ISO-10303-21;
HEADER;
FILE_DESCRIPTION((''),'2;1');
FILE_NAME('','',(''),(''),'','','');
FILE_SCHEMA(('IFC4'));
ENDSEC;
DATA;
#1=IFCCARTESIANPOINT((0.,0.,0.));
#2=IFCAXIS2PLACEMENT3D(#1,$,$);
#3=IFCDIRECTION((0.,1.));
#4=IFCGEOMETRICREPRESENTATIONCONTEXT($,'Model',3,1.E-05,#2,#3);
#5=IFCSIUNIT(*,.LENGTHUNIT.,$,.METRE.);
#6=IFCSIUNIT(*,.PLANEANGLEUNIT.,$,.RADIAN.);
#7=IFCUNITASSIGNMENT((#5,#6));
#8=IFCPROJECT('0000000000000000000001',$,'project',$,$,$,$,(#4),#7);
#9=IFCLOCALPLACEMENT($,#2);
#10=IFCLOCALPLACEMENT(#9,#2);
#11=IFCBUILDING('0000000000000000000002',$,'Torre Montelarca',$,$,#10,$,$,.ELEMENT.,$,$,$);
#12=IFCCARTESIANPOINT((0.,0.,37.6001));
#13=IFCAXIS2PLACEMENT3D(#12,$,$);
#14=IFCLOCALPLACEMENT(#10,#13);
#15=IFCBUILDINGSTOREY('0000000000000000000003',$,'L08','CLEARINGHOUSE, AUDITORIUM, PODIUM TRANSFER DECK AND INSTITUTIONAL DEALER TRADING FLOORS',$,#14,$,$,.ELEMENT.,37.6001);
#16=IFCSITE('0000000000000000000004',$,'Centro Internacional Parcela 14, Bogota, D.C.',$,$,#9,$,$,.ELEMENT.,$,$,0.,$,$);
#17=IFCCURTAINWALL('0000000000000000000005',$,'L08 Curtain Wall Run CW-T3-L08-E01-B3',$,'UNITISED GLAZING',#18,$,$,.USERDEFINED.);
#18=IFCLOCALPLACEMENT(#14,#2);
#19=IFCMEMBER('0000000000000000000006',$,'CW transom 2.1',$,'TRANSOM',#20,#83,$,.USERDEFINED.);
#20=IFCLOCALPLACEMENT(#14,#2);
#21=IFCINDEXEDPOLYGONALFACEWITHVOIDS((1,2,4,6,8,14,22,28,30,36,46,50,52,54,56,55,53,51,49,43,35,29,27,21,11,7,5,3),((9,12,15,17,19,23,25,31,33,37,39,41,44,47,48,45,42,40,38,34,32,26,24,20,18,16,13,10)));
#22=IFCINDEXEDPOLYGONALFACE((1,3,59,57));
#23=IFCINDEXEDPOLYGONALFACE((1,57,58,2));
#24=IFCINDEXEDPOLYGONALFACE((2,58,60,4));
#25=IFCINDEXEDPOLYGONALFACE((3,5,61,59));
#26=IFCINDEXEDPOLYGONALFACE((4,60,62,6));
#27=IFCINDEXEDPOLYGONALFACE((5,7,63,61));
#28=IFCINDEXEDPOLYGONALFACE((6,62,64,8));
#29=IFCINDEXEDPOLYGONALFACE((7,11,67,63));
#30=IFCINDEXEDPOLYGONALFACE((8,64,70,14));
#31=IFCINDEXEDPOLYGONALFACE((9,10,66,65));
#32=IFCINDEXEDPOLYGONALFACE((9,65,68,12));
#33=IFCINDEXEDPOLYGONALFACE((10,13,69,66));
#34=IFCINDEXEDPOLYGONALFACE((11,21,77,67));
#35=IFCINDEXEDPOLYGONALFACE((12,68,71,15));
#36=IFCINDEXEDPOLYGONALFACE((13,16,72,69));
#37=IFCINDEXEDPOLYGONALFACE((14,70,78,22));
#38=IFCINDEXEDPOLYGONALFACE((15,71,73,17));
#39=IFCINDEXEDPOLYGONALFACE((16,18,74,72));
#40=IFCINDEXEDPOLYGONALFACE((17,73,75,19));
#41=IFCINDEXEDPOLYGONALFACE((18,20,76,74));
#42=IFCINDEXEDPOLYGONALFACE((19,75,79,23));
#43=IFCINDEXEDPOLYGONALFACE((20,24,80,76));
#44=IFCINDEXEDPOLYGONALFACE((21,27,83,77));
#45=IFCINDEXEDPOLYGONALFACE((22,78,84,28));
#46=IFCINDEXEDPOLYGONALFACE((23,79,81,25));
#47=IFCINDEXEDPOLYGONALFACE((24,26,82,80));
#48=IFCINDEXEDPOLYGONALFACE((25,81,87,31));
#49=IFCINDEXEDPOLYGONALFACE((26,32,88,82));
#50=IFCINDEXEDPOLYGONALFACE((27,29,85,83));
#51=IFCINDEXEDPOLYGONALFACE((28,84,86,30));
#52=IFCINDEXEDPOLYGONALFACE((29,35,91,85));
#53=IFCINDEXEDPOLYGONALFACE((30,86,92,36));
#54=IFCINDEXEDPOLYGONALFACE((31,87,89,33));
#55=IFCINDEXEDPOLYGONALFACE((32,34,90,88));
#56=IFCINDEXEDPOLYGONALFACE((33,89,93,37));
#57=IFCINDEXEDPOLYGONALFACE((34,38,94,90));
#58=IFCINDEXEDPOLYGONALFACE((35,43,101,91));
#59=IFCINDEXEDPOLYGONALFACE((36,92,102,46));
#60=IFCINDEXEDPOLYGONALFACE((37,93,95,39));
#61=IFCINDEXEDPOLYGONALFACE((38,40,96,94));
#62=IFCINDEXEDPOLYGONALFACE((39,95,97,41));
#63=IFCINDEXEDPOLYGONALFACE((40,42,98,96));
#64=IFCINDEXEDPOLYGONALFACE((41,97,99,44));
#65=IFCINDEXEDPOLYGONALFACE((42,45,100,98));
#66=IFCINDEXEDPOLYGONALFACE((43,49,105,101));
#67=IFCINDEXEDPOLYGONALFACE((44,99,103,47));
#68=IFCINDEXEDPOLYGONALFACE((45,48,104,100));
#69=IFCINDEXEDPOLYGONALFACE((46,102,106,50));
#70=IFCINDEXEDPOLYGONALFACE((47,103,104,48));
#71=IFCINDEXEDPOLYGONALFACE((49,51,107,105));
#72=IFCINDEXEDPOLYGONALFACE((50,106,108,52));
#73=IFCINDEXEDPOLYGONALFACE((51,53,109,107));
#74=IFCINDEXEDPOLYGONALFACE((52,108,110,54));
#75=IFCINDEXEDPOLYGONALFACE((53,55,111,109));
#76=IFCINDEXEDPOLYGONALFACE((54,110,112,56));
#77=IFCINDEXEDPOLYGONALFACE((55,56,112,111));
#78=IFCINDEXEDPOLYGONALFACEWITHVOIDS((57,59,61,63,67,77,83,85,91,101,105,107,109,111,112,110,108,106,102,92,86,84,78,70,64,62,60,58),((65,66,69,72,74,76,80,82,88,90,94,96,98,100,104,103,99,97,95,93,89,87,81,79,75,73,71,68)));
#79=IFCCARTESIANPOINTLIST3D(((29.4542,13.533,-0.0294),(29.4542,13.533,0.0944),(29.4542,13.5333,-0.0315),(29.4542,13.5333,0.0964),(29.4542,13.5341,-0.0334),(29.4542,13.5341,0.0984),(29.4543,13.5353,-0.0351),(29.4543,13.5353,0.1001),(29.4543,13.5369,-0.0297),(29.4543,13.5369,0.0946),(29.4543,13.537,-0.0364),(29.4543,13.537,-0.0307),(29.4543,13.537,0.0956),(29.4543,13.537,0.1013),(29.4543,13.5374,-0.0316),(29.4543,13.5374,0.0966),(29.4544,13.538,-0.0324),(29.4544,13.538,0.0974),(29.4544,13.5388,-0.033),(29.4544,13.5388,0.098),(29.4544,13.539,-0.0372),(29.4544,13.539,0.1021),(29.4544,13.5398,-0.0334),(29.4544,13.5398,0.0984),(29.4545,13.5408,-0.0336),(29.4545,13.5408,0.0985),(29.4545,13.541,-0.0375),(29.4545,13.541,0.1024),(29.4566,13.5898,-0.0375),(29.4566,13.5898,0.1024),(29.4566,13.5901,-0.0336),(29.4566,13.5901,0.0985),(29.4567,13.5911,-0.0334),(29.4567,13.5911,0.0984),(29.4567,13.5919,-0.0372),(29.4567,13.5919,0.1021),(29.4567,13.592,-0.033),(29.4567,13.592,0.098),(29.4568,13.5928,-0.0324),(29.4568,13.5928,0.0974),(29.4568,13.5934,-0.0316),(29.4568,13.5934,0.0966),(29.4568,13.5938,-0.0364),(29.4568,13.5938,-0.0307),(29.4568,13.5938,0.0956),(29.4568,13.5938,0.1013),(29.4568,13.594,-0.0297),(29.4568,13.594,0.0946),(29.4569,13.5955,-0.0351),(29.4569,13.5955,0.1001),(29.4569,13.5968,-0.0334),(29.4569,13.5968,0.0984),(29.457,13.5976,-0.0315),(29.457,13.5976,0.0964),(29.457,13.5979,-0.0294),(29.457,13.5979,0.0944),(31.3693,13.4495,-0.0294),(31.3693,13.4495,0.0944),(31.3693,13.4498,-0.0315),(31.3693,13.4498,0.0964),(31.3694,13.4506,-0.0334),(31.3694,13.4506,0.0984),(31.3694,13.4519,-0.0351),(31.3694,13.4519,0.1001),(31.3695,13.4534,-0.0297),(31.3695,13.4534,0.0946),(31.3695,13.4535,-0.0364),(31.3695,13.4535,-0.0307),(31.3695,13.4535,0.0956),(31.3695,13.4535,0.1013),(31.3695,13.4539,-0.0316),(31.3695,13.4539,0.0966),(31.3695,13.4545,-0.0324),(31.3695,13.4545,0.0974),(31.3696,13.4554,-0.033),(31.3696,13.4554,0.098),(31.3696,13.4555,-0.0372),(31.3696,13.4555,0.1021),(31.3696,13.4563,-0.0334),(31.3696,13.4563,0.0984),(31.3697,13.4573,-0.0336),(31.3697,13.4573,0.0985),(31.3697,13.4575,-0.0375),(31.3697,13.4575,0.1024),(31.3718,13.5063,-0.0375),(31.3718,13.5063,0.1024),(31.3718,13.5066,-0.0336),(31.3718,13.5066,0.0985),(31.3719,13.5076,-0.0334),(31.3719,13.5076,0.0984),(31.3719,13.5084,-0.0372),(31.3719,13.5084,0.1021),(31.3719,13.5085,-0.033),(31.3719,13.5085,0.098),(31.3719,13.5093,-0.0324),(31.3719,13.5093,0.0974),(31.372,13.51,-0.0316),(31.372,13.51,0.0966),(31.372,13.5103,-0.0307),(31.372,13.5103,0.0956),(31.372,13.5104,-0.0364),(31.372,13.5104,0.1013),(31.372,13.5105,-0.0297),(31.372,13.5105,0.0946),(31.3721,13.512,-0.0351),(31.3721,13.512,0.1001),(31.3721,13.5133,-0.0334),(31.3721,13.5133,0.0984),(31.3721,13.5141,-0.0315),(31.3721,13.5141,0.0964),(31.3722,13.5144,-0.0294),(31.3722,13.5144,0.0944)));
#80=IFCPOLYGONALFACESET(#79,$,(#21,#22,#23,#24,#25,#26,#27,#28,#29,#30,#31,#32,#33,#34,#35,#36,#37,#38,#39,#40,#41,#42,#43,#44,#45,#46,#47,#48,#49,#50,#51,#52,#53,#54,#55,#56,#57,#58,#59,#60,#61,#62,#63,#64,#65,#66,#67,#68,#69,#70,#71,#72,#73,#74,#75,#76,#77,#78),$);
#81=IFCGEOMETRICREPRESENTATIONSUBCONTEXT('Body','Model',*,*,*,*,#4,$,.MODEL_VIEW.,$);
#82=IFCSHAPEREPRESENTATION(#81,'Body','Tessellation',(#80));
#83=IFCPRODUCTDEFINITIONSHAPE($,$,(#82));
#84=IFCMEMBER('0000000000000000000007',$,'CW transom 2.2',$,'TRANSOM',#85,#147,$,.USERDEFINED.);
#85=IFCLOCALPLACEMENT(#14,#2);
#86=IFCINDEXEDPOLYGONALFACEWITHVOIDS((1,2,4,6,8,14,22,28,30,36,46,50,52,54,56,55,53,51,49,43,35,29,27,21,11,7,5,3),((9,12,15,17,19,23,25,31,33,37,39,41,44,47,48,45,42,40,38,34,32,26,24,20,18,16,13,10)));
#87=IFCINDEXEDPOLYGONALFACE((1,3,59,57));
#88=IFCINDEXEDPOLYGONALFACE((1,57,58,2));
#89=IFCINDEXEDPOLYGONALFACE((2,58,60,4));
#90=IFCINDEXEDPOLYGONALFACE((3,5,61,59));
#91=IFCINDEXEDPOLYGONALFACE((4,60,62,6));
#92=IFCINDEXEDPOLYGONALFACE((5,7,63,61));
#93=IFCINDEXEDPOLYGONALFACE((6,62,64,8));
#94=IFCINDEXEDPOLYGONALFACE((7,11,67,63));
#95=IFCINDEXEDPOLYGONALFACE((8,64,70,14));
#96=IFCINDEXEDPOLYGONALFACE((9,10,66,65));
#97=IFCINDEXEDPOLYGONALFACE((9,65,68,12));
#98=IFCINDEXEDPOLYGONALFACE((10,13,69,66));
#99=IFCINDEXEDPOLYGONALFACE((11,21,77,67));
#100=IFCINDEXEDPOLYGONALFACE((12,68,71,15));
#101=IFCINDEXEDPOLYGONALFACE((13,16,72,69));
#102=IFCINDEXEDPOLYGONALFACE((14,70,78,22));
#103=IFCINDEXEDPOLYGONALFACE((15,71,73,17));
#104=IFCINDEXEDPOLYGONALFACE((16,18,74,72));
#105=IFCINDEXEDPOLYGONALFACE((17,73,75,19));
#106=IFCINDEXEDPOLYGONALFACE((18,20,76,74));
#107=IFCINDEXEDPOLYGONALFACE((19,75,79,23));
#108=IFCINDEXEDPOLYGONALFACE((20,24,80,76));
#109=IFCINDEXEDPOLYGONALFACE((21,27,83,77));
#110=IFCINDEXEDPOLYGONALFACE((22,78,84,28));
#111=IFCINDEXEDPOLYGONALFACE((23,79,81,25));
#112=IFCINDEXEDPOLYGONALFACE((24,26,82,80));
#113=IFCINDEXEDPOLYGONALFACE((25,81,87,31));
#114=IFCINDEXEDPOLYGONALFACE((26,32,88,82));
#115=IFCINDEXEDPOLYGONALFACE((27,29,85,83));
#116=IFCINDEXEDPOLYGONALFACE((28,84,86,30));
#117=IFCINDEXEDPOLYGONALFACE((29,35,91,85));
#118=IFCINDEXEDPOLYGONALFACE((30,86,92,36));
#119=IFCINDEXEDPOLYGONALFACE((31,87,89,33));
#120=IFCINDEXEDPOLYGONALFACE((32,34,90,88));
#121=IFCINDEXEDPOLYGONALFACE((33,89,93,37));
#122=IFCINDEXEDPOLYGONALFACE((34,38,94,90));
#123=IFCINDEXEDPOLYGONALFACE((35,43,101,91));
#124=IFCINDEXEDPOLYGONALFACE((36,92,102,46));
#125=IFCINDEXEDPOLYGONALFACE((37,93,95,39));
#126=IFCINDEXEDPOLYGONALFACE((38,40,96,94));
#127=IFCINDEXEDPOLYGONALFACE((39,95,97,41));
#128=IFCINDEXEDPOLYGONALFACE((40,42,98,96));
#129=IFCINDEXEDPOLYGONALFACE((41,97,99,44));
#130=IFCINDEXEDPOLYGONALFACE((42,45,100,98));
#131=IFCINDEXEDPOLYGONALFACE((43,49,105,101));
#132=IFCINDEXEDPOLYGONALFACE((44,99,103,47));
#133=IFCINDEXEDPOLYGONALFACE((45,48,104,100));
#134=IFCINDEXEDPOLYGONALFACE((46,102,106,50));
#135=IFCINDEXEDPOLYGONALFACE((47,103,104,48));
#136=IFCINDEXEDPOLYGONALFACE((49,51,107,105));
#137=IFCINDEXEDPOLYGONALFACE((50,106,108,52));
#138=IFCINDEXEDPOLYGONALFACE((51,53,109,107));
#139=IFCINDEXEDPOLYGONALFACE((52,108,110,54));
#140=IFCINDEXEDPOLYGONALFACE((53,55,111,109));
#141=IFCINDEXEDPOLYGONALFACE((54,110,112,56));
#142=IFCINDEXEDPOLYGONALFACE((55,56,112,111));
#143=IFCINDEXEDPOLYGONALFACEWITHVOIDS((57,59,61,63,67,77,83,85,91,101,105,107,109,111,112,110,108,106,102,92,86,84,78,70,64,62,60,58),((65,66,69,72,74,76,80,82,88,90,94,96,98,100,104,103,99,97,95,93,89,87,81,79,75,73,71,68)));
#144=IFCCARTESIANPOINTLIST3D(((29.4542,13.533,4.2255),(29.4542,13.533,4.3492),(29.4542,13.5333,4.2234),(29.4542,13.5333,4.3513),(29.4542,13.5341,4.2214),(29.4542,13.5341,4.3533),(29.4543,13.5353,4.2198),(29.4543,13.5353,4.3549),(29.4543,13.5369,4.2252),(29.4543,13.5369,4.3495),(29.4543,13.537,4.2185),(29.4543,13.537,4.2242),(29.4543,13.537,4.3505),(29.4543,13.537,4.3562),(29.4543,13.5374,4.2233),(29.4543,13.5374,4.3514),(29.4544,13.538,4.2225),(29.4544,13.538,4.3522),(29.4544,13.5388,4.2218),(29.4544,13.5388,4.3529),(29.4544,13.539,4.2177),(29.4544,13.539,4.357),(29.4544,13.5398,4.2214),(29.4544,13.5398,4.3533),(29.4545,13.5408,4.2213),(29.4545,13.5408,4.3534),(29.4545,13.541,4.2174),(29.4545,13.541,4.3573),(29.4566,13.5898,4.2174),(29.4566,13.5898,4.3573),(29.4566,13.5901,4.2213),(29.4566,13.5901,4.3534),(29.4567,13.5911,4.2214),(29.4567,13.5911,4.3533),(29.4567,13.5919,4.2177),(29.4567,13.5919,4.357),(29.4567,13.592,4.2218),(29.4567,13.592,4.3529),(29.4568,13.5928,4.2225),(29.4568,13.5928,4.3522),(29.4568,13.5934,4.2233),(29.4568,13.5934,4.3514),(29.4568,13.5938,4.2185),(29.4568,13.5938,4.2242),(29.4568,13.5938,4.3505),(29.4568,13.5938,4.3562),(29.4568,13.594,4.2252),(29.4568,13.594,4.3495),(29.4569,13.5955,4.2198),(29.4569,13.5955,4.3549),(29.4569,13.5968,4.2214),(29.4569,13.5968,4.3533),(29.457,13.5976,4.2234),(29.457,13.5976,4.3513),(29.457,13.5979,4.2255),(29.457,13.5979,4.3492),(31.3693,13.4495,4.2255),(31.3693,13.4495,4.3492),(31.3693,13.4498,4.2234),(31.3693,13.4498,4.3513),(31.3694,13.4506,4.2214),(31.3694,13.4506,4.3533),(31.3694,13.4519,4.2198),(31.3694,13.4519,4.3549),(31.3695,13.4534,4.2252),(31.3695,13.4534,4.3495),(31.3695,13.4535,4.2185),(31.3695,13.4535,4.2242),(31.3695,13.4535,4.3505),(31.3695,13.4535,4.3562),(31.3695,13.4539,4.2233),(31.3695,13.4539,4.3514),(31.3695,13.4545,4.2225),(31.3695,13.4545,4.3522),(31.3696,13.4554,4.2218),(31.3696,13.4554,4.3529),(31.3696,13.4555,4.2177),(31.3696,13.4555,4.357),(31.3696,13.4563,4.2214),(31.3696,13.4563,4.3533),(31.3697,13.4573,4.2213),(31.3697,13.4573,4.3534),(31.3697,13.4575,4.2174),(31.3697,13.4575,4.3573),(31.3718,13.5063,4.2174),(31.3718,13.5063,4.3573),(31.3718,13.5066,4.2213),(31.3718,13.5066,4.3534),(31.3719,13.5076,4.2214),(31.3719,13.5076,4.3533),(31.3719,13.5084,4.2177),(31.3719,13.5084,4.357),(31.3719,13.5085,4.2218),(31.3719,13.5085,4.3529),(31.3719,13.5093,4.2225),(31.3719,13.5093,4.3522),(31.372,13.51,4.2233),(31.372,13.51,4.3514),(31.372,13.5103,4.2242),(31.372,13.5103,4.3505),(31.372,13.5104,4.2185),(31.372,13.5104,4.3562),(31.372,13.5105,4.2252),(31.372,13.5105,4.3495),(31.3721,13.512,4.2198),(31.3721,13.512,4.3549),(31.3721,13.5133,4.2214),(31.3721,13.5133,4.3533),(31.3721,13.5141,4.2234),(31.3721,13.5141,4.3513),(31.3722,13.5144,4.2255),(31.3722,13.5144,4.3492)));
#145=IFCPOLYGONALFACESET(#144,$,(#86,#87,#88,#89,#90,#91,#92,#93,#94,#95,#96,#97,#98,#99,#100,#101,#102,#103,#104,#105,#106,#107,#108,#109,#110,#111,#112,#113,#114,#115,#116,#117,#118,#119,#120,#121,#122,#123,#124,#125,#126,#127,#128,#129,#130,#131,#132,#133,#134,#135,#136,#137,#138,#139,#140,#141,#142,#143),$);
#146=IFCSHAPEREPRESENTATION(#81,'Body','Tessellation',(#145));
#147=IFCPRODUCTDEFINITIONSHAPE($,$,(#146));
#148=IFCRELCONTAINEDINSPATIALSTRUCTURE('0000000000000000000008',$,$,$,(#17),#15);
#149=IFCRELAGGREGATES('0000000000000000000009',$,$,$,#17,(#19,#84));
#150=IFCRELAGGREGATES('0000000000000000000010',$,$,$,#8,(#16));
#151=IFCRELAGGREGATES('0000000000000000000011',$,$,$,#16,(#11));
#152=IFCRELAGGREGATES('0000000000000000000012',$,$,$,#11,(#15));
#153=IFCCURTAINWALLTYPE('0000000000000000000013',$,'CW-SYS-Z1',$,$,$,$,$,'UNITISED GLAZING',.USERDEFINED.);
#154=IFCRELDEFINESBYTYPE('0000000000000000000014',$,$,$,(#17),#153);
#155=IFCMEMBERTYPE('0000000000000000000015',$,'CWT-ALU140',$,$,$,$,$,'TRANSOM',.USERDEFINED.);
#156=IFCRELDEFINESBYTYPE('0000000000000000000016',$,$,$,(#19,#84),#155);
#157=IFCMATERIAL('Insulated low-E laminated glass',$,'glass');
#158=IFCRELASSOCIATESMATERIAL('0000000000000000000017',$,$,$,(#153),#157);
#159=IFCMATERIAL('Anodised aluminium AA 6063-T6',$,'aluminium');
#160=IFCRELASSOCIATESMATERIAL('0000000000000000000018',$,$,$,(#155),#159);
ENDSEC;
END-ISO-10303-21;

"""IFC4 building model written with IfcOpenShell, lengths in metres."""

from ifc_helpers import new_model, si_unit, direction, frame, origin, origin_2d, place, context, subcontext, project, spatial, hollow_rectangle, extrude, source, transform, mapped, material, material_profile, profile_set, type_object, element, aggregate, save


model = new_model("IFC4")

# Units and contexts
model_context = context("Model", 3, precision=1e-05, world=origin(), true_north=direction((0.0, 1.0)))
body_context = subcontext(model_context, "Body", "Model", "MODEL_VIEW")
ifc_project = project(units=[si_unit("LENGTHUNIT", "METRE"), si_unit("PLANEANGLEUNIT", "RADIAN")], contexts=[model_context])

# Site, building, storey
site_placement = place(None, origin())
site = spatial("IfcSite", under=ifc_project, at=site_placement, Name="Centro Internacional Parcela 14, Bogota, D.C.", CompositionType="ELEMENT", RefElevation=0.0)
building_placement = place(site_placement, origin())
building = spatial("IfcBuilding", under=site, at=building_placement, Name="Torre Montelarca", CompositionType="ELEMENT")
storey_placement = place(building_placement, frame((0.0, 0.0, 37.6001)))
storey = spatial("IfcBuildingStorey", under=building, at=storey_placement, Name="L08", Description="CLEARINGHOUSE, AUDITORIUM, PODIUM TRANSFER DECK AND INSTITUTIONAL DEALER TRADING FLOORS", CompositionType="ELEMENT", Elevation=37.6001)

# Curtain wall, members
ifc_material_1 = material(Name="Insulated low-E laminated glass", Category="glass")
curtain_wall_type = type_object("IfcCurtainWallType", Name="CW-SYS-Z1", ElementType="UNITISED GLAZING", PredefinedType="USERDEFINED", material=ifc_material_1)
curtain_wall_1_placement = place(storey_placement, origin())
curtain_wall_1 = element("IfcCurtainWall", 1, at=curtain_wall_1_placement, inside=storey, type_object=curtain_wall_type, Name="L08 Curtain Wall Run CW-T3-L08-E01-B3", ObjectType="UNITISED GLAZING", PredefinedType="USERDEFINED")
ifc_material_2 = material(Name="Anodised aluminium AA 6063-T6", Category="aluminium")
ifc_material_profile_1 = material_profile(ifc_material_2, hollow_rectangle(XDim=0.0649, YDim=0.1399, WallThickness=0.0039, InnerFilletRadius=0.0039, OuterFilletRadius=0.0081, at=origin_2d()), Name="ALU65X140X4", Category="aluminium")
ifc_profile_set_1 = profile_set([ifc_material_profile_1], Name="Anodised aluminium AA 6063-T6")
member_type_1 = type_object("IfcMemberType", Name="CWT-ALU140", ElementType="TRANSOM", PredefinedType="USERDEFINED", material=ifc_profile_set_1)
shared_shape_1 = source(origin(), body_context, "Body", "SweptSolid", [
    extrude(hollow_rectangle(XDim=0.0649, YDim=0.1399, WallThickness=0.0039, InnerFilletRadius=0.0039, OuterFilletRadius=0.0081, at=origin_2d()), origin(), (0.0, 0.0, 1.0), 1.917),
])
member_1_placement = place(storey_placement, frame((29.4556, 13.5654, 0.0325), z_axis=(0.999051, -0.043553, 0.0), x_axis=(0.043553, 0.999051, 0.0)))
member_1 = element("IfcMember", 2, at=member_1_placement, type_object=member_type_1, Name="CW transom 2.1", ObjectType="TRANSOM", PredefinedType="USERDEFINED", context=body_context, shape_type="MappedRepresentation", body=[
    mapped(shared_shape_1, transform((0.0, 0.0, 0.0), scale=1.0)),
])
member_2_placement = place(storey_placement, frame((29.4556, 13.5654, 4.2874), z_axis=(0.999051, -0.043553, 0.0), x_axis=(0.043553, 0.999051, 0.0)))
member_2 = element("IfcMember", 3, at=member_2_placement, type_object=member_type_1, Name="CW transom 2.2", ObjectType="TRANSOM", PredefinedType="USERDEFINED", context=body_context, shape_type="MappedRepresentation", body=[
    mapped(shared_shape_1, transform((0.0, 0.0, 0.0), scale=1.0)),
])

aggregate(curtain_wall_1, [member_1, member_2])

save(model, "model.ifc")
